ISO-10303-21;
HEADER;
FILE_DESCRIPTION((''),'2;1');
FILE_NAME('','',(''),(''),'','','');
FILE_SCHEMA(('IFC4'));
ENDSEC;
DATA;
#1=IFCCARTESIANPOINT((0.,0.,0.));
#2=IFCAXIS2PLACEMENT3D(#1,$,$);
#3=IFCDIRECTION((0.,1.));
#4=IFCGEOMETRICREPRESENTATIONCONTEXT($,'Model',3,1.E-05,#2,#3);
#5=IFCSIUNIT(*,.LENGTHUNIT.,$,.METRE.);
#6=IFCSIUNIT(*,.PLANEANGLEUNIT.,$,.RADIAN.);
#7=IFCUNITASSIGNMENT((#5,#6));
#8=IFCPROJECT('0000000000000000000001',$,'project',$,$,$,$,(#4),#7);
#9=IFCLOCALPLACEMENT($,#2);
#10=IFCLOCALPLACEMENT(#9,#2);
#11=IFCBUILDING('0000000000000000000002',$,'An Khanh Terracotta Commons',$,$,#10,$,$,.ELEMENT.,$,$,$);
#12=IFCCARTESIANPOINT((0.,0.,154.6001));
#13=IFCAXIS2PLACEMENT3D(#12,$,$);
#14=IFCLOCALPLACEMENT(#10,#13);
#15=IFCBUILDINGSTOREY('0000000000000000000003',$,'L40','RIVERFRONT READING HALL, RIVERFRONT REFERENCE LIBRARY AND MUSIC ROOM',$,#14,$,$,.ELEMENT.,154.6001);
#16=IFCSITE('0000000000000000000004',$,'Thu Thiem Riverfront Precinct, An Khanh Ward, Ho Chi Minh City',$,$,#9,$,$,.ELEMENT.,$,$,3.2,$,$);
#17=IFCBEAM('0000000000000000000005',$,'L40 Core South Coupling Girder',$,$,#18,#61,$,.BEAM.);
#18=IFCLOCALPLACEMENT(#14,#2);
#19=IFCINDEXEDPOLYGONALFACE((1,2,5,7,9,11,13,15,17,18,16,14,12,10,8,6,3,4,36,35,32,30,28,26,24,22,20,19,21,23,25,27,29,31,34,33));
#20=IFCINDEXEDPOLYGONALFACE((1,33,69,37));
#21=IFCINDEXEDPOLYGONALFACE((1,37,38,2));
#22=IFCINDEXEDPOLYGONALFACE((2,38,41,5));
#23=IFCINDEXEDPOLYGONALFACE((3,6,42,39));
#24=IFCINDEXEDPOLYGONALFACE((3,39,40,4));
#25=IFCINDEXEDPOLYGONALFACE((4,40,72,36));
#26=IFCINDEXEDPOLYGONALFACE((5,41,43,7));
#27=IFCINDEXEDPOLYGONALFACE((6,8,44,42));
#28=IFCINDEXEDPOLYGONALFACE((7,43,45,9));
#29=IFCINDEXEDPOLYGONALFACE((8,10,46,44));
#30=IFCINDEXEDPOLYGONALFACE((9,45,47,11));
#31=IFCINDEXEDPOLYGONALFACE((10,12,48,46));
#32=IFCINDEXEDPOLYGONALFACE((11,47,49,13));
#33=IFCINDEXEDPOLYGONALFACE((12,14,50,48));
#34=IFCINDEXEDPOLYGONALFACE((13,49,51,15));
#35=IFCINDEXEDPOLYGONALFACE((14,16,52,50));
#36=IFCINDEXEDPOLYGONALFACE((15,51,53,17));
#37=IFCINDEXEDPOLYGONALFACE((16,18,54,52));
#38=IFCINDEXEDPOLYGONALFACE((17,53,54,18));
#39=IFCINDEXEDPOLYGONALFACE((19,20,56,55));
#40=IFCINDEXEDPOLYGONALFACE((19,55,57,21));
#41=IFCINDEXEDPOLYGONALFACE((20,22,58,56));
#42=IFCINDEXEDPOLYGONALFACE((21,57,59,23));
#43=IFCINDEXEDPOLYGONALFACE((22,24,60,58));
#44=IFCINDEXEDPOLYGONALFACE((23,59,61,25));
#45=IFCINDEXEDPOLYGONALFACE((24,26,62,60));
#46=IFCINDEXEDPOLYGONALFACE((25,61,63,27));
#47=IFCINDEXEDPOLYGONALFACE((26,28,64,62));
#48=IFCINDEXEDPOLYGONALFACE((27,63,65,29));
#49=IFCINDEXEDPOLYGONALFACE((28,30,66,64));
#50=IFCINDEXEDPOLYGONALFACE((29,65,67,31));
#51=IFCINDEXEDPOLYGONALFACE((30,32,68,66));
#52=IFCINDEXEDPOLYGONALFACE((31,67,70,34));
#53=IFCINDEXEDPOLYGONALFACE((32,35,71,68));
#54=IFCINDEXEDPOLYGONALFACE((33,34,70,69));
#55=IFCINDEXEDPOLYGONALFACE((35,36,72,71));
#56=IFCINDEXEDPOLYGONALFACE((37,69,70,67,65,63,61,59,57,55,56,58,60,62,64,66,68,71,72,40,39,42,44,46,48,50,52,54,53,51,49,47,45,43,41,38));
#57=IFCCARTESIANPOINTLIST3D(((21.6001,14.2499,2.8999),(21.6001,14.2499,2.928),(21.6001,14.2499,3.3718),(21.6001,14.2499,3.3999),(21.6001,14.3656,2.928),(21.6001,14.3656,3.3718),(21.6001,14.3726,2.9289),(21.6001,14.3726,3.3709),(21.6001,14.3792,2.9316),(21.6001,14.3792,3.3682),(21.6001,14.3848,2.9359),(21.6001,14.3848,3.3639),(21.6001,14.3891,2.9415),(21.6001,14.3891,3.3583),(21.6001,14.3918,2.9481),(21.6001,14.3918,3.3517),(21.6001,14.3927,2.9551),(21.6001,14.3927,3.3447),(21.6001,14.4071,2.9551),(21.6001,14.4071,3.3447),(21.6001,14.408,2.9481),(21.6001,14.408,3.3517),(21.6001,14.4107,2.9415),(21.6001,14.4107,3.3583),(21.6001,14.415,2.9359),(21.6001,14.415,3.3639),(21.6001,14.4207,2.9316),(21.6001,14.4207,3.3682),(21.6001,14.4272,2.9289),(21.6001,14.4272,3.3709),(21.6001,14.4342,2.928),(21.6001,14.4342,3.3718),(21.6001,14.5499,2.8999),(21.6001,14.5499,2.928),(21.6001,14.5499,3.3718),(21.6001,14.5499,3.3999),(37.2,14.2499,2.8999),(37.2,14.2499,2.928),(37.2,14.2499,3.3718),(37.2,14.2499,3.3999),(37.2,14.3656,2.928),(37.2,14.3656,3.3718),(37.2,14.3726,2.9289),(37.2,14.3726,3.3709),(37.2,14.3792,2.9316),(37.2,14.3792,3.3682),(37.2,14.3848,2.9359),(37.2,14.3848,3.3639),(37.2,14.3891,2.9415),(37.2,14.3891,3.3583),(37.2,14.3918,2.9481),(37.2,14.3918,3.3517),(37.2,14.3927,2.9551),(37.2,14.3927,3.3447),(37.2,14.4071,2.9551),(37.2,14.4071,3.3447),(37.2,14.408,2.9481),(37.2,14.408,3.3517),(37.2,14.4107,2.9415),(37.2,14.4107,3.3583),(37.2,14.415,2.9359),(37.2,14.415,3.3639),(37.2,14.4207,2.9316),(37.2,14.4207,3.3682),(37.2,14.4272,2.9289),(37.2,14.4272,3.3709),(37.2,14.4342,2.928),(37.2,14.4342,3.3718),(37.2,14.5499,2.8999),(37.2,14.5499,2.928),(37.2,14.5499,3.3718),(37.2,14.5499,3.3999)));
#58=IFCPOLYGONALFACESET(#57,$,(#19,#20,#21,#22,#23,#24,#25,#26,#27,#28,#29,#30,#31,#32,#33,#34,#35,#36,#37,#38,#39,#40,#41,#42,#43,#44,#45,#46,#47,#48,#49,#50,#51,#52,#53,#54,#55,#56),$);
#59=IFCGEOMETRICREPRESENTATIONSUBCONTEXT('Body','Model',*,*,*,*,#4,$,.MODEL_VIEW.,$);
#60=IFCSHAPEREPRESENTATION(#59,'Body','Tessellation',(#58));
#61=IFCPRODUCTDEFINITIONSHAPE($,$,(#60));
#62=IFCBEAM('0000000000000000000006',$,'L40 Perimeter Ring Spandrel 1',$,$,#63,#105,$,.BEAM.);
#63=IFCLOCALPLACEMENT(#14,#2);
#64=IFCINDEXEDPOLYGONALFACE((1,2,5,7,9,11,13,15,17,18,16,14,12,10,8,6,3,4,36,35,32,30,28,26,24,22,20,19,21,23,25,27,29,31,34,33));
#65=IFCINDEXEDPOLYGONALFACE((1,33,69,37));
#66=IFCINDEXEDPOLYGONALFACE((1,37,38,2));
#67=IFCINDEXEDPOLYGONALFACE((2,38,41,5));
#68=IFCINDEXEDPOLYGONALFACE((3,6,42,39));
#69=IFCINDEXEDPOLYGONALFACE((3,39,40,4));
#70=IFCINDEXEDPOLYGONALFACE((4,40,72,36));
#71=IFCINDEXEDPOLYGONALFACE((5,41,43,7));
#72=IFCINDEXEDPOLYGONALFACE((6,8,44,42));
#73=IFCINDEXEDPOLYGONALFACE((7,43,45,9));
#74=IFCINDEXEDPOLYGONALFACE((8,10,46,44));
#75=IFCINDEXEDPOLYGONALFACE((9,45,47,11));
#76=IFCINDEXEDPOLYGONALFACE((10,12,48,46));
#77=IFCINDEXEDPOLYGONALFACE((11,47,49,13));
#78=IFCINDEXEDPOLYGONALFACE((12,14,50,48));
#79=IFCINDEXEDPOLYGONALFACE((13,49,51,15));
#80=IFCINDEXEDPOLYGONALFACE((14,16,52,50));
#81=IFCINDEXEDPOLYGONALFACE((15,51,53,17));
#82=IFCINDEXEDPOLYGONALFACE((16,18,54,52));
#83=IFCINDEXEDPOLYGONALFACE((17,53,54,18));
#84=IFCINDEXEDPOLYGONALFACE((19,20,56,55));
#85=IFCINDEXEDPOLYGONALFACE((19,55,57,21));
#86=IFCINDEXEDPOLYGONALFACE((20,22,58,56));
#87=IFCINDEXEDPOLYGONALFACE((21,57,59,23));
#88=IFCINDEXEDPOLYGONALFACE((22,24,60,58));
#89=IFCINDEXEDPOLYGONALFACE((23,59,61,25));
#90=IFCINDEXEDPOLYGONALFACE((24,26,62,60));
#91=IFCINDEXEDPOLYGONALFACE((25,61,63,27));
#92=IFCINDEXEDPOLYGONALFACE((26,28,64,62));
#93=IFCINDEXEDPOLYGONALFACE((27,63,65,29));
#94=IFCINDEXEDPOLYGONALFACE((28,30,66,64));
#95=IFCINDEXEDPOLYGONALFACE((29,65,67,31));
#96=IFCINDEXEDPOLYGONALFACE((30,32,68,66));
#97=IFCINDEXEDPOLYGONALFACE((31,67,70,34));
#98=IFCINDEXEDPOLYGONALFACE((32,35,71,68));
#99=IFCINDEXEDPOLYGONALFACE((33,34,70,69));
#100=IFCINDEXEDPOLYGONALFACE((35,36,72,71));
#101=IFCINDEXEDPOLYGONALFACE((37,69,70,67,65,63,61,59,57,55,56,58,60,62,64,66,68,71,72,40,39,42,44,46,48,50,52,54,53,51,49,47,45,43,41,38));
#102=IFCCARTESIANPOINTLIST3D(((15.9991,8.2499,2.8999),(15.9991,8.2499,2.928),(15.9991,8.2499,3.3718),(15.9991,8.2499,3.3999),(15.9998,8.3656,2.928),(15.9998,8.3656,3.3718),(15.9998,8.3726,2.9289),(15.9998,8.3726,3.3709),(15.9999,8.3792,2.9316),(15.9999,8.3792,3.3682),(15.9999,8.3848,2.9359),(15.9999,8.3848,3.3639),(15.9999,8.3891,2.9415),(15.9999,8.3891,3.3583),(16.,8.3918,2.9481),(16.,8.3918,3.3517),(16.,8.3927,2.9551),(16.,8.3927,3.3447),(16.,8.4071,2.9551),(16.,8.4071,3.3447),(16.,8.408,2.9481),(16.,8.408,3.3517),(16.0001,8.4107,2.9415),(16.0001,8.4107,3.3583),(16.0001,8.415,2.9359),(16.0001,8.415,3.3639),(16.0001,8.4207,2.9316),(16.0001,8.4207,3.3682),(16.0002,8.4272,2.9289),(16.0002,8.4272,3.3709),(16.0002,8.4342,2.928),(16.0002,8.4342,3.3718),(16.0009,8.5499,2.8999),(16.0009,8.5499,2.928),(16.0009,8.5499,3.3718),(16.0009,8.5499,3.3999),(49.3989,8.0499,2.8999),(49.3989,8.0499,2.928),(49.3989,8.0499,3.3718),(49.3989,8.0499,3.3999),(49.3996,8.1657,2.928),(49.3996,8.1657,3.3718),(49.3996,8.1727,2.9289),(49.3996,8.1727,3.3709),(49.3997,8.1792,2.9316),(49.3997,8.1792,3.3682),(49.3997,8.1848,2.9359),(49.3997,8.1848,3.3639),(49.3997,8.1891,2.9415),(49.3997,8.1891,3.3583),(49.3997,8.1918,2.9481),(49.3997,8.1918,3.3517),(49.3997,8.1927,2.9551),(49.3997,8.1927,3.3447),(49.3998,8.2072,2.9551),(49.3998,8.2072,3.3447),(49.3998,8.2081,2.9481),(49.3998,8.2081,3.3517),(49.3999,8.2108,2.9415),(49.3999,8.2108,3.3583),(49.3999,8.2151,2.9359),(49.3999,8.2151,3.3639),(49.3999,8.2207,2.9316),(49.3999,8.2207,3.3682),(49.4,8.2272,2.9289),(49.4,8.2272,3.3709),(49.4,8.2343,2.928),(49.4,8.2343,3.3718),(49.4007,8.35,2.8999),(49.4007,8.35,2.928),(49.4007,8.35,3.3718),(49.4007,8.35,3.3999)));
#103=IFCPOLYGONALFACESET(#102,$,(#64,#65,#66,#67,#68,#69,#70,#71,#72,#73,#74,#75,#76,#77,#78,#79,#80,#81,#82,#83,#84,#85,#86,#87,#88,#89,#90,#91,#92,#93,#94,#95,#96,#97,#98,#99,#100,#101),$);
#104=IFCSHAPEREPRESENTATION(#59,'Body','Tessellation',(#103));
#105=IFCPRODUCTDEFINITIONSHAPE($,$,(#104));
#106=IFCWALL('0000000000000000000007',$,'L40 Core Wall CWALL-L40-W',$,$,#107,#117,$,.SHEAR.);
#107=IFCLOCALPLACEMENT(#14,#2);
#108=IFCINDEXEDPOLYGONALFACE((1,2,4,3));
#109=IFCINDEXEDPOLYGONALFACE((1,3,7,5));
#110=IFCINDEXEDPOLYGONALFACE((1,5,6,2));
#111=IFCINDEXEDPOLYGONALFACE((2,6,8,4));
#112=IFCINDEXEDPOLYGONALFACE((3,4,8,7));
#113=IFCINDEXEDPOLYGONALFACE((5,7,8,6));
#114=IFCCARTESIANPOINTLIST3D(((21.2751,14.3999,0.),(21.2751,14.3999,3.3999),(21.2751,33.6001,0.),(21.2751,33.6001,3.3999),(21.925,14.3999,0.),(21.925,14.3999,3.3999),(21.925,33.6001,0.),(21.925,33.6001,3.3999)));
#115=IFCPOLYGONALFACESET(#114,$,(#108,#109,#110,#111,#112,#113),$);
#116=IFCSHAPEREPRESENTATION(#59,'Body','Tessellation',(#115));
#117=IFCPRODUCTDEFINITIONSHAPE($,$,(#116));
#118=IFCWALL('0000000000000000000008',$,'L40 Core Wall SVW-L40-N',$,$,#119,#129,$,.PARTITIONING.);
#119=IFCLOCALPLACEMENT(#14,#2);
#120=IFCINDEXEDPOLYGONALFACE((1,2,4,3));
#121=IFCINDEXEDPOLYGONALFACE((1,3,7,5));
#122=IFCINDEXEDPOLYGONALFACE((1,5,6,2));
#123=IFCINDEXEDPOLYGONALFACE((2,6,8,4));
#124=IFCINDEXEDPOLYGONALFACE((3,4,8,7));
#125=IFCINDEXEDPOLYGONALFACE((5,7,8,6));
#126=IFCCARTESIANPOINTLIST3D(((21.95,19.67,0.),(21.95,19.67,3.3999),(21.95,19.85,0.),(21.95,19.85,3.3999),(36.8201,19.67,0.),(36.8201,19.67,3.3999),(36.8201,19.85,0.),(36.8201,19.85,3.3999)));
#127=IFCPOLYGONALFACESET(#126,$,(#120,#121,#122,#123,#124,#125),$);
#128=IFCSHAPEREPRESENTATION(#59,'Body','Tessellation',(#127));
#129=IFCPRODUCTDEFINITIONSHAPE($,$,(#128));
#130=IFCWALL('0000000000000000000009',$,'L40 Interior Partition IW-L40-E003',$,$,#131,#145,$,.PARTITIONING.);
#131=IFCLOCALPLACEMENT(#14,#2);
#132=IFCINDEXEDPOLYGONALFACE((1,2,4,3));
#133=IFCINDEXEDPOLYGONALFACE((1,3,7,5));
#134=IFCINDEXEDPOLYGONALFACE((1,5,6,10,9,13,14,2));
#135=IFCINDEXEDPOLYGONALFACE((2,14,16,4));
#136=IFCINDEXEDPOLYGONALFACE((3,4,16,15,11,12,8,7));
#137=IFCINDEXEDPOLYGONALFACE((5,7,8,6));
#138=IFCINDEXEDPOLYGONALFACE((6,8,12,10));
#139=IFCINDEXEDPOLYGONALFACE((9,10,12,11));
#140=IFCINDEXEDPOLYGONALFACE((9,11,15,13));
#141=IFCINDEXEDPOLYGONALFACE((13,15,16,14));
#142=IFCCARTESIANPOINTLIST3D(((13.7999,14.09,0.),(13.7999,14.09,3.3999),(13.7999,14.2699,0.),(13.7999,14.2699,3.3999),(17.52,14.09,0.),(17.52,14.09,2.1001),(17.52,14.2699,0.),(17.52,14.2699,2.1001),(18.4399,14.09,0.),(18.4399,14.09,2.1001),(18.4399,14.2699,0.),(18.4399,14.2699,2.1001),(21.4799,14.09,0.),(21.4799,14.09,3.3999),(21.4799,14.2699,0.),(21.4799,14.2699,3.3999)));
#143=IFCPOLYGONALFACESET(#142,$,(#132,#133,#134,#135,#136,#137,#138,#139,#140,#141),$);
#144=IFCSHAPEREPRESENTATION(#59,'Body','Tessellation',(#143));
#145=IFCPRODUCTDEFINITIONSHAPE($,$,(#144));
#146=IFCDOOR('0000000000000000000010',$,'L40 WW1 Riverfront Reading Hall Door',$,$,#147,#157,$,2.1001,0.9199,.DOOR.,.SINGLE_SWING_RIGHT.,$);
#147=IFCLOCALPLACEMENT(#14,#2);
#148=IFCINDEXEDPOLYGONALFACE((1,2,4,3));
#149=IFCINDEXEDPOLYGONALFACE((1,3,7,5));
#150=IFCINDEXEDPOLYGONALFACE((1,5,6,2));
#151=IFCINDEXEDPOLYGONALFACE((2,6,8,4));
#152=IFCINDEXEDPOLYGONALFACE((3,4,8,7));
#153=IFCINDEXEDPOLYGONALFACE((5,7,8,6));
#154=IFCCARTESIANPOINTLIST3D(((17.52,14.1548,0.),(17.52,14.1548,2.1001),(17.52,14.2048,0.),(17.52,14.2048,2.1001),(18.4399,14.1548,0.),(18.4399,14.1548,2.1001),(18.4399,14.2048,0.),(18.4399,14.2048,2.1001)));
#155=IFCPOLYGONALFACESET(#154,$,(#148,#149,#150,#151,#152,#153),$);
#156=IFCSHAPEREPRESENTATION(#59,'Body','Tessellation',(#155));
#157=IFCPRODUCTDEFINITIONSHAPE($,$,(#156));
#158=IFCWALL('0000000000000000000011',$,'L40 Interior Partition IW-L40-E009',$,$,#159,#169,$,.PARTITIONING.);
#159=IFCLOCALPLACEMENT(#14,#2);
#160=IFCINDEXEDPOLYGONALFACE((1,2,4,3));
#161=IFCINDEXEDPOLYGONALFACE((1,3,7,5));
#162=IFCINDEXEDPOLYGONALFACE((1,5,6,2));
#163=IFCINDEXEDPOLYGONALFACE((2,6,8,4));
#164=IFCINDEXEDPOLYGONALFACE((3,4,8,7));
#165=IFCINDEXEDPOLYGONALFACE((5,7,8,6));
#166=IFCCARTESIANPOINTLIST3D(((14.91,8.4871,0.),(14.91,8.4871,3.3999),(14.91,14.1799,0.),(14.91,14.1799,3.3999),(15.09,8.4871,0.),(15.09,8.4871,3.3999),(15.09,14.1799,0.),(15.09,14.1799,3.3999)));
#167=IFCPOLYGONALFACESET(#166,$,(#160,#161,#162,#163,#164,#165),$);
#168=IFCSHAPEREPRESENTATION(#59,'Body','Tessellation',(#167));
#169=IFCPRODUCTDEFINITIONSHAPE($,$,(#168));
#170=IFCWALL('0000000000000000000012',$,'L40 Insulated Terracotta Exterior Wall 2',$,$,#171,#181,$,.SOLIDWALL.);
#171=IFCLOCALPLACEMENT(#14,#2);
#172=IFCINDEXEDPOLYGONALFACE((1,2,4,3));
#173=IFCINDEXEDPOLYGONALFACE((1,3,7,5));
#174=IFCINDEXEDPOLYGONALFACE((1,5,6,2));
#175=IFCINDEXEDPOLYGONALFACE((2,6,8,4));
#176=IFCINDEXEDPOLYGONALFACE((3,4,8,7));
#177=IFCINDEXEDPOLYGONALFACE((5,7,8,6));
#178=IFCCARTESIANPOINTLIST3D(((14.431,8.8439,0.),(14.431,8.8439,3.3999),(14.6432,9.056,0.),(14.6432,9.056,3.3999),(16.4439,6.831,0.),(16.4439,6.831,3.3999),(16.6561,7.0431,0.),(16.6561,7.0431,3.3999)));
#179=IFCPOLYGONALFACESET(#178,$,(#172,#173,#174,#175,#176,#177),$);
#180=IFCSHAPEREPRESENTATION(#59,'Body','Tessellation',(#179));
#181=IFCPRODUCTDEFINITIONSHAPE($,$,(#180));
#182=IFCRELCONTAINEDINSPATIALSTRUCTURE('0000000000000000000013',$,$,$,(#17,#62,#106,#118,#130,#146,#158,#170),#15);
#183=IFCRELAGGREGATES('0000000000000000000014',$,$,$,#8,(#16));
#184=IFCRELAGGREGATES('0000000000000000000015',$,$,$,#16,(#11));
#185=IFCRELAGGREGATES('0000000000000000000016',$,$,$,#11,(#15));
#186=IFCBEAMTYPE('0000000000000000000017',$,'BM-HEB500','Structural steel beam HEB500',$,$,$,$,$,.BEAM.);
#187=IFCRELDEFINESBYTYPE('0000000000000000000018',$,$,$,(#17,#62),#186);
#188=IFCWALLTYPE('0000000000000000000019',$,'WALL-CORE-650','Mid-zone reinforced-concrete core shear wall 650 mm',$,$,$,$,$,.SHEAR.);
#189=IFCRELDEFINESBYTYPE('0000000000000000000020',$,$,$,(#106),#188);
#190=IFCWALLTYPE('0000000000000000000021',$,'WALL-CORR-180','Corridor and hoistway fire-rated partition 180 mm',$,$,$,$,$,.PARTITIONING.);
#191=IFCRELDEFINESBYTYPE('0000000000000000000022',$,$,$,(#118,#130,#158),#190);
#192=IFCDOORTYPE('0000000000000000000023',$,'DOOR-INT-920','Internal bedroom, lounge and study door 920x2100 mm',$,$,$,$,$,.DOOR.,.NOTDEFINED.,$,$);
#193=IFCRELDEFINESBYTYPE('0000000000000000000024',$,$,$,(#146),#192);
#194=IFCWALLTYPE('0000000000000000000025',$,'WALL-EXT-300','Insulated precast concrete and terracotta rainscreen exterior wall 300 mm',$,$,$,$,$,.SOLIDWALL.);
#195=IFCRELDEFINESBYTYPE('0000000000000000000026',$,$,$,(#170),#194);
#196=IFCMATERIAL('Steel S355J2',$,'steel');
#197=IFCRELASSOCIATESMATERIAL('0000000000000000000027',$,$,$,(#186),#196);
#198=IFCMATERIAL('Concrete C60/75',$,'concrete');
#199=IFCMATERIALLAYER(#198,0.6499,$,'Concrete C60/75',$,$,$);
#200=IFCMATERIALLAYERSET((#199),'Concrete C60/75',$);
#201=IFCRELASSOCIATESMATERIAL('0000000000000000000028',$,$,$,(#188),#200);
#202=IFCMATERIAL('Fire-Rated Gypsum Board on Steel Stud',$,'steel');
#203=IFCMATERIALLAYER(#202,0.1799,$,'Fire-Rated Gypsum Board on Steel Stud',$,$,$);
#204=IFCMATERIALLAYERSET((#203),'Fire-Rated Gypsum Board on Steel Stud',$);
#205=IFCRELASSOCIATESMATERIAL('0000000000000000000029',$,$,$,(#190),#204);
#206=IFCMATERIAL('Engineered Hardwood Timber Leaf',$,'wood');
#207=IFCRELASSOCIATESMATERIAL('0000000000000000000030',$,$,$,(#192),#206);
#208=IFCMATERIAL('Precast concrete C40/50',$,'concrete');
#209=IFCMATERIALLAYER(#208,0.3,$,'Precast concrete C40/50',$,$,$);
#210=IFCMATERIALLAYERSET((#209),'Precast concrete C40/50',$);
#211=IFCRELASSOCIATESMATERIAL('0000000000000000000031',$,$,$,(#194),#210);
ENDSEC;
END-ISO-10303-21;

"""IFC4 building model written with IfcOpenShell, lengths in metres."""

from ifc_helpers import new_model, si_unit, direction, frame, frame_2d, origin, origin_2d, place, context, subcontext, project, spatial, rectangle, i_section, extrude, material, layer, layer_set, material_profile, profile_set, type_object, element, fill, save


model = new_model("IFC4")

# Units and contexts
model_context = context("Model", 3, precision=1e-05, world=origin(), true_north=direction((0.0, 1.0)))
body_context = subcontext(model_context, "Body", "Model", "MODEL_VIEW")
ifc_project = project(units=[si_unit("LENGTHUNIT", "METRE"), si_unit("PLANEANGLEUNIT", "RADIAN")], contexts=[model_context])

# Site, building, storey
site_placement = place(None, origin())
site = spatial("IfcSite", under=ifc_project, at=site_placement, Name="Thu Thiem Riverfront Precinct, An Khanh Ward, Ho Chi Minh City", CompositionType="ELEMENT", RefElevation=3.2)
building_placement = place(site_placement, origin())
building = spatial("IfcBuilding", under=site, at=building_placement, Name="An Khanh Terracotta Commons", CompositionType="ELEMENT")
storey_placement = place(building_placement, frame((0.0, 0.0, 154.6001)))
storey = spatial("IfcBuildingStorey", under=building, at=storey_placement, Name="L40", Description="RIVERFRONT READING HALL, RIVERFRONT REFERENCE LIBRARY AND MUSIC ROOM", CompositionType="ELEMENT", Elevation=154.6001)

# Shared definitions
ifc_material_1 = material(Name="Concrete C60/75", Category="concrete")

# Beams
ifc_material_2 = material(Name="Steel S355J2", Category="steel")
ifc_material_profile_1 = material_profile(ifc_material_2, i_section(OverallWidth=0.3, OverallDepth=0.5, WebThickness=0.0144, FlangeThickness=0.0281, FilletRadius=0.0271, at=origin_2d()), Name="HEB500")
ifc_profile_set_1 = profile_set([ifc_material_profile_1], Name="Steel S355J2")
beam_type_1 = type_object("IfcBeamType", Name="BM-HEB500", Description="Structural steel beam HEB500", PredefinedType="BEAM", material=ifc_profile_set_1)
beam_1_placement = place(storey_placement, frame((21.6001, 14.3999, 3.1499), z_axis=(1.0, 0.0, 0.0), x_axis=(0.0, 1.0, 0.0)))
element("IfcBeam", 1, at=beam_1_placement, inside=storey, type_object=beam_type_1, Name="L40 Core South Coupling Girder", PredefinedType="BEAM", context=body_context, shape_type="SweptSolid", body=[
    extrude(i_section(OverallWidth=0.3, OverallDepth=0.5, WebThickness=0.0144, FlangeThickness=0.0281, FilletRadius=0.0271, at=origin_2d()), origin(), (0.0, 0.0, 1.0), 15.5999),
])
beam_2_placement = place(storey_placement, frame((16.0, 8.3999, 3.1499), z_axis=(0.999982, -0.005986, 0.0), x_axis=(0.005986, 0.999982, 0.0)))
element("IfcBeam", 2, at=beam_2_placement, inside=storey, type_object=beam_type_1, Name="L40 Perimeter Ring Spandrel 1", PredefinedType="BEAM", context=body_context, shape_type="SweptSolid", body=[
    extrude(i_section(OverallWidth=0.3, OverallDepth=0.5, WebThickness=0.0144, FlangeThickness=0.0281, FilletRadius=0.0271, at=origin_2d()), origin(), (0.0, 0.0, 1.0), 33.4004),
])

# Walls
ifc_layer_1 = layer(ifc_material_1, 0.6499, Name="Concrete C60/75")
ifc_layer_set_1 = layer_set([ifc_layer_1], Name="Concrete C60/75")
wall_type_1 = type_object("IfcWallType", Name="WALL-CORE-650", Description="Mid-zone reinforced-concrete core shear wall 650 mm", PredefinedType="SHEAR", material=ifc_layer_set_1)
wall_1_placement = place(storey_placement, frame((21.6001, 14.3999, 0.0), z_axis=(0.0, 0.0, 1.0), x_axis=(0.0, 1.0, 0.0)))
element("IfcWall", 3, at=wall_1_placement, inside=storey, type_object=wall_type_1, Name="L40 Core Wall CWALL-L40-W", PredefinedType="SHEAR", context=body_context, shape_type="SweptSolid", body=[
    extrude(rectangle(XDim=19.2002, YDim=0.6499, at=frame_2d((9.6001, 0.0))), origin(), (0.0, 0.0, 1.0), 3.3999),
])
ifc_material_3 = material(Name="Fire-Rated Gypsum Board on Steel Stud", Category="steel")
ifc_layer_2 = layer(ifc_material_3, 0.1799, Name="Fire-Rated Gypsum Board on Steel Stud")
ifc_layer_set_2 = layer_set([ifc_layer_2], Name="Fire-Rated Gypsum Board on Steel Stud")
wall_type_2 = type_object("IfcWallType", Name="WALL-CORR-180", Description="Corridor and hoistway fire-rated partition 180 mm", PredefinedType="PARTITIONING", material=ifc_layer_set_2)
wall_2_placement = place(storey_placement, frame((21.95, 19.76, 0.0), z_axis=(0.0, 0.0, 1.0), x_axis=(1.0, 0.0, 0.0)))
element("IfcWall", 4, at=wall_2_placement, inside=storey, type_object=wall_type_2, Name="L40 Core Wall SVW-L40-N", PredefinedType="PARTITIONING", context=body_context, shape_type="SweptSolid", body=[
    extrude(rectangle(XDim=14.8701, YDim=0.1799, at=frame_2d((7.4351, 0.0))), origin(), (0.0, 0.0, 1.0), 3.3999),
])

# Wall, opening, door
wall_3_placement = place(storey_placement, frame((13.8, 14.1799, 0.0), z_axis=(0.0, 0.0, 1.0), x_axis=(1.0, 0.0, 0.0)))
wall_3 = element("IfcWall", 5, at=wall_3_placement, inside=storey, type_object=wall_type_2, Name="L40 Interior Partition IW-L40-E003", PredefinedType="PARTITIONING", context=body_context, shape_type="SweptSolid", body=[
    extrude(rectangle(XDim=7.6799, YDim=0.1799, at=frame_2d((3.8398, 0.0))), origin(), (0.0, 0.0, 1.0), 3.3999),
])
opening_1_placement = place(wall_3_placement, frame((3.72, 0.0, 0.0)))
opening_1 = element("IfcOpeningElement", 6, at=opening_1_placement, cuts=wall_3, PredefinedType="OPENING", context=body_context, shape_type="SweptSolid", body=[
    extrude(rectangle(XDim=0.9199, YDim=2.1001, at=frame_2d((0.46, 1.05))), frame((0.0, 0.0999, 0.0), z_axis=(0.0, -1.0, 0.0), x_axis=(1.0, 0.0, 0.0)), (0.0, 0.0, 1.0), 0.2),
])
ifc_material_4 = material(Name="Engineered Hardwood Timber Leaf", Category="wood")
door_type_1 = type_object("IfcDoorType", Name="DOOR-INT-920", Description="Internal bedroom, lounge and study door 920x2100 mm", OperationType="NOTDEFINED", PredefinedType="DOOR", material=ifc_material_4)
door_1_placement = place(opening_1_placement, origin())
door_1 = element("IfcDoor", 7, at=door_1_placement, inside=storey, type_object=door_type_1, Name="L40 WW1 Riverfront Reading Hall Door", OperationType="SINGLE_SWING_RIGHT", OverallHeight=2.1001, OverallWidth=0.9199, PredefinedType="DOOR", context=body_context, shape_type="SweptSolid", body=[
    extrude(rectangle(XDim=0.9199, YDim=2.1001, at=frame_2d((0.46, 1.05))), frame((0.0, 0.0249, 0.0), z_axis=(0.0, -1.0, 0.0), x_axis=(1.0, 0.0, 0.0)), (0.0, 0.0, 1.0), 0.05),
])
fill(opening_1, door_1)

# Walls
wall_4_placement = place(storey_placement, frame((15.0, 8.4871, 0.0), z_axis=(0.0, 0.0, 1.0), x_axis=(0.0, 1.0, 0.0)))
element("IfcWall", 8, at=wall_4_placement, inside=storey, type_object=wall_type_2, Name="L40 Interior Partition IW-L40-E009", PredefinedType="PARTITIONING", context=body_context, shape_type="SweptSolid", body=[
    extrude(rectangle(XDim=5.6929, YDim=0.1799, at=frame_2d((2.8464, 0.0))), origin(), (0.0, 0.0, 1.0), 3.3999),
])
ifc_material_5 = material(Name="Precast concrete C40/50", Category="concrete")
ifc_layer_3 = layer(ifc_material_5, 0.3, Name="Precast concrete C40/50")
ifc_layer_set_3 = layer_set([ifc_layer_3], Name="Precast concrete C40/50")
wall_type_3 = type_object("IfcWallType", Name="WALL-EXT-300", Description="Insulated precast concrete and terracotta rainscreen exterior wall 300 mm", PredefinedType="SOLIDWALL", material=ifc_layer_set_3)
wall_5_placement = place(storey_placement, frame((14.5371, 8.95, 0.0), z_axis=(0.0, 0.0, 1.0), x_axis=(0.707107, -0.707107, 0.0)))
element("IfcWall", 9, at=wall_5_placement, inside=storey, type_object=wall_type_3, Name="L40 Insulated Terracotta Exterior Wall 2", PredefinedType="SOLIDWALL", context=body_context, shape_type="SweptSolid", body=[
    extrude(rectangle(XDim=2.8467, YDim=0.3, at=frame_2d((1.4233, 0.0))), origin(), (0.0, 0.0, 1.0), 3.3999),
])

save(model, "model.ifc")
